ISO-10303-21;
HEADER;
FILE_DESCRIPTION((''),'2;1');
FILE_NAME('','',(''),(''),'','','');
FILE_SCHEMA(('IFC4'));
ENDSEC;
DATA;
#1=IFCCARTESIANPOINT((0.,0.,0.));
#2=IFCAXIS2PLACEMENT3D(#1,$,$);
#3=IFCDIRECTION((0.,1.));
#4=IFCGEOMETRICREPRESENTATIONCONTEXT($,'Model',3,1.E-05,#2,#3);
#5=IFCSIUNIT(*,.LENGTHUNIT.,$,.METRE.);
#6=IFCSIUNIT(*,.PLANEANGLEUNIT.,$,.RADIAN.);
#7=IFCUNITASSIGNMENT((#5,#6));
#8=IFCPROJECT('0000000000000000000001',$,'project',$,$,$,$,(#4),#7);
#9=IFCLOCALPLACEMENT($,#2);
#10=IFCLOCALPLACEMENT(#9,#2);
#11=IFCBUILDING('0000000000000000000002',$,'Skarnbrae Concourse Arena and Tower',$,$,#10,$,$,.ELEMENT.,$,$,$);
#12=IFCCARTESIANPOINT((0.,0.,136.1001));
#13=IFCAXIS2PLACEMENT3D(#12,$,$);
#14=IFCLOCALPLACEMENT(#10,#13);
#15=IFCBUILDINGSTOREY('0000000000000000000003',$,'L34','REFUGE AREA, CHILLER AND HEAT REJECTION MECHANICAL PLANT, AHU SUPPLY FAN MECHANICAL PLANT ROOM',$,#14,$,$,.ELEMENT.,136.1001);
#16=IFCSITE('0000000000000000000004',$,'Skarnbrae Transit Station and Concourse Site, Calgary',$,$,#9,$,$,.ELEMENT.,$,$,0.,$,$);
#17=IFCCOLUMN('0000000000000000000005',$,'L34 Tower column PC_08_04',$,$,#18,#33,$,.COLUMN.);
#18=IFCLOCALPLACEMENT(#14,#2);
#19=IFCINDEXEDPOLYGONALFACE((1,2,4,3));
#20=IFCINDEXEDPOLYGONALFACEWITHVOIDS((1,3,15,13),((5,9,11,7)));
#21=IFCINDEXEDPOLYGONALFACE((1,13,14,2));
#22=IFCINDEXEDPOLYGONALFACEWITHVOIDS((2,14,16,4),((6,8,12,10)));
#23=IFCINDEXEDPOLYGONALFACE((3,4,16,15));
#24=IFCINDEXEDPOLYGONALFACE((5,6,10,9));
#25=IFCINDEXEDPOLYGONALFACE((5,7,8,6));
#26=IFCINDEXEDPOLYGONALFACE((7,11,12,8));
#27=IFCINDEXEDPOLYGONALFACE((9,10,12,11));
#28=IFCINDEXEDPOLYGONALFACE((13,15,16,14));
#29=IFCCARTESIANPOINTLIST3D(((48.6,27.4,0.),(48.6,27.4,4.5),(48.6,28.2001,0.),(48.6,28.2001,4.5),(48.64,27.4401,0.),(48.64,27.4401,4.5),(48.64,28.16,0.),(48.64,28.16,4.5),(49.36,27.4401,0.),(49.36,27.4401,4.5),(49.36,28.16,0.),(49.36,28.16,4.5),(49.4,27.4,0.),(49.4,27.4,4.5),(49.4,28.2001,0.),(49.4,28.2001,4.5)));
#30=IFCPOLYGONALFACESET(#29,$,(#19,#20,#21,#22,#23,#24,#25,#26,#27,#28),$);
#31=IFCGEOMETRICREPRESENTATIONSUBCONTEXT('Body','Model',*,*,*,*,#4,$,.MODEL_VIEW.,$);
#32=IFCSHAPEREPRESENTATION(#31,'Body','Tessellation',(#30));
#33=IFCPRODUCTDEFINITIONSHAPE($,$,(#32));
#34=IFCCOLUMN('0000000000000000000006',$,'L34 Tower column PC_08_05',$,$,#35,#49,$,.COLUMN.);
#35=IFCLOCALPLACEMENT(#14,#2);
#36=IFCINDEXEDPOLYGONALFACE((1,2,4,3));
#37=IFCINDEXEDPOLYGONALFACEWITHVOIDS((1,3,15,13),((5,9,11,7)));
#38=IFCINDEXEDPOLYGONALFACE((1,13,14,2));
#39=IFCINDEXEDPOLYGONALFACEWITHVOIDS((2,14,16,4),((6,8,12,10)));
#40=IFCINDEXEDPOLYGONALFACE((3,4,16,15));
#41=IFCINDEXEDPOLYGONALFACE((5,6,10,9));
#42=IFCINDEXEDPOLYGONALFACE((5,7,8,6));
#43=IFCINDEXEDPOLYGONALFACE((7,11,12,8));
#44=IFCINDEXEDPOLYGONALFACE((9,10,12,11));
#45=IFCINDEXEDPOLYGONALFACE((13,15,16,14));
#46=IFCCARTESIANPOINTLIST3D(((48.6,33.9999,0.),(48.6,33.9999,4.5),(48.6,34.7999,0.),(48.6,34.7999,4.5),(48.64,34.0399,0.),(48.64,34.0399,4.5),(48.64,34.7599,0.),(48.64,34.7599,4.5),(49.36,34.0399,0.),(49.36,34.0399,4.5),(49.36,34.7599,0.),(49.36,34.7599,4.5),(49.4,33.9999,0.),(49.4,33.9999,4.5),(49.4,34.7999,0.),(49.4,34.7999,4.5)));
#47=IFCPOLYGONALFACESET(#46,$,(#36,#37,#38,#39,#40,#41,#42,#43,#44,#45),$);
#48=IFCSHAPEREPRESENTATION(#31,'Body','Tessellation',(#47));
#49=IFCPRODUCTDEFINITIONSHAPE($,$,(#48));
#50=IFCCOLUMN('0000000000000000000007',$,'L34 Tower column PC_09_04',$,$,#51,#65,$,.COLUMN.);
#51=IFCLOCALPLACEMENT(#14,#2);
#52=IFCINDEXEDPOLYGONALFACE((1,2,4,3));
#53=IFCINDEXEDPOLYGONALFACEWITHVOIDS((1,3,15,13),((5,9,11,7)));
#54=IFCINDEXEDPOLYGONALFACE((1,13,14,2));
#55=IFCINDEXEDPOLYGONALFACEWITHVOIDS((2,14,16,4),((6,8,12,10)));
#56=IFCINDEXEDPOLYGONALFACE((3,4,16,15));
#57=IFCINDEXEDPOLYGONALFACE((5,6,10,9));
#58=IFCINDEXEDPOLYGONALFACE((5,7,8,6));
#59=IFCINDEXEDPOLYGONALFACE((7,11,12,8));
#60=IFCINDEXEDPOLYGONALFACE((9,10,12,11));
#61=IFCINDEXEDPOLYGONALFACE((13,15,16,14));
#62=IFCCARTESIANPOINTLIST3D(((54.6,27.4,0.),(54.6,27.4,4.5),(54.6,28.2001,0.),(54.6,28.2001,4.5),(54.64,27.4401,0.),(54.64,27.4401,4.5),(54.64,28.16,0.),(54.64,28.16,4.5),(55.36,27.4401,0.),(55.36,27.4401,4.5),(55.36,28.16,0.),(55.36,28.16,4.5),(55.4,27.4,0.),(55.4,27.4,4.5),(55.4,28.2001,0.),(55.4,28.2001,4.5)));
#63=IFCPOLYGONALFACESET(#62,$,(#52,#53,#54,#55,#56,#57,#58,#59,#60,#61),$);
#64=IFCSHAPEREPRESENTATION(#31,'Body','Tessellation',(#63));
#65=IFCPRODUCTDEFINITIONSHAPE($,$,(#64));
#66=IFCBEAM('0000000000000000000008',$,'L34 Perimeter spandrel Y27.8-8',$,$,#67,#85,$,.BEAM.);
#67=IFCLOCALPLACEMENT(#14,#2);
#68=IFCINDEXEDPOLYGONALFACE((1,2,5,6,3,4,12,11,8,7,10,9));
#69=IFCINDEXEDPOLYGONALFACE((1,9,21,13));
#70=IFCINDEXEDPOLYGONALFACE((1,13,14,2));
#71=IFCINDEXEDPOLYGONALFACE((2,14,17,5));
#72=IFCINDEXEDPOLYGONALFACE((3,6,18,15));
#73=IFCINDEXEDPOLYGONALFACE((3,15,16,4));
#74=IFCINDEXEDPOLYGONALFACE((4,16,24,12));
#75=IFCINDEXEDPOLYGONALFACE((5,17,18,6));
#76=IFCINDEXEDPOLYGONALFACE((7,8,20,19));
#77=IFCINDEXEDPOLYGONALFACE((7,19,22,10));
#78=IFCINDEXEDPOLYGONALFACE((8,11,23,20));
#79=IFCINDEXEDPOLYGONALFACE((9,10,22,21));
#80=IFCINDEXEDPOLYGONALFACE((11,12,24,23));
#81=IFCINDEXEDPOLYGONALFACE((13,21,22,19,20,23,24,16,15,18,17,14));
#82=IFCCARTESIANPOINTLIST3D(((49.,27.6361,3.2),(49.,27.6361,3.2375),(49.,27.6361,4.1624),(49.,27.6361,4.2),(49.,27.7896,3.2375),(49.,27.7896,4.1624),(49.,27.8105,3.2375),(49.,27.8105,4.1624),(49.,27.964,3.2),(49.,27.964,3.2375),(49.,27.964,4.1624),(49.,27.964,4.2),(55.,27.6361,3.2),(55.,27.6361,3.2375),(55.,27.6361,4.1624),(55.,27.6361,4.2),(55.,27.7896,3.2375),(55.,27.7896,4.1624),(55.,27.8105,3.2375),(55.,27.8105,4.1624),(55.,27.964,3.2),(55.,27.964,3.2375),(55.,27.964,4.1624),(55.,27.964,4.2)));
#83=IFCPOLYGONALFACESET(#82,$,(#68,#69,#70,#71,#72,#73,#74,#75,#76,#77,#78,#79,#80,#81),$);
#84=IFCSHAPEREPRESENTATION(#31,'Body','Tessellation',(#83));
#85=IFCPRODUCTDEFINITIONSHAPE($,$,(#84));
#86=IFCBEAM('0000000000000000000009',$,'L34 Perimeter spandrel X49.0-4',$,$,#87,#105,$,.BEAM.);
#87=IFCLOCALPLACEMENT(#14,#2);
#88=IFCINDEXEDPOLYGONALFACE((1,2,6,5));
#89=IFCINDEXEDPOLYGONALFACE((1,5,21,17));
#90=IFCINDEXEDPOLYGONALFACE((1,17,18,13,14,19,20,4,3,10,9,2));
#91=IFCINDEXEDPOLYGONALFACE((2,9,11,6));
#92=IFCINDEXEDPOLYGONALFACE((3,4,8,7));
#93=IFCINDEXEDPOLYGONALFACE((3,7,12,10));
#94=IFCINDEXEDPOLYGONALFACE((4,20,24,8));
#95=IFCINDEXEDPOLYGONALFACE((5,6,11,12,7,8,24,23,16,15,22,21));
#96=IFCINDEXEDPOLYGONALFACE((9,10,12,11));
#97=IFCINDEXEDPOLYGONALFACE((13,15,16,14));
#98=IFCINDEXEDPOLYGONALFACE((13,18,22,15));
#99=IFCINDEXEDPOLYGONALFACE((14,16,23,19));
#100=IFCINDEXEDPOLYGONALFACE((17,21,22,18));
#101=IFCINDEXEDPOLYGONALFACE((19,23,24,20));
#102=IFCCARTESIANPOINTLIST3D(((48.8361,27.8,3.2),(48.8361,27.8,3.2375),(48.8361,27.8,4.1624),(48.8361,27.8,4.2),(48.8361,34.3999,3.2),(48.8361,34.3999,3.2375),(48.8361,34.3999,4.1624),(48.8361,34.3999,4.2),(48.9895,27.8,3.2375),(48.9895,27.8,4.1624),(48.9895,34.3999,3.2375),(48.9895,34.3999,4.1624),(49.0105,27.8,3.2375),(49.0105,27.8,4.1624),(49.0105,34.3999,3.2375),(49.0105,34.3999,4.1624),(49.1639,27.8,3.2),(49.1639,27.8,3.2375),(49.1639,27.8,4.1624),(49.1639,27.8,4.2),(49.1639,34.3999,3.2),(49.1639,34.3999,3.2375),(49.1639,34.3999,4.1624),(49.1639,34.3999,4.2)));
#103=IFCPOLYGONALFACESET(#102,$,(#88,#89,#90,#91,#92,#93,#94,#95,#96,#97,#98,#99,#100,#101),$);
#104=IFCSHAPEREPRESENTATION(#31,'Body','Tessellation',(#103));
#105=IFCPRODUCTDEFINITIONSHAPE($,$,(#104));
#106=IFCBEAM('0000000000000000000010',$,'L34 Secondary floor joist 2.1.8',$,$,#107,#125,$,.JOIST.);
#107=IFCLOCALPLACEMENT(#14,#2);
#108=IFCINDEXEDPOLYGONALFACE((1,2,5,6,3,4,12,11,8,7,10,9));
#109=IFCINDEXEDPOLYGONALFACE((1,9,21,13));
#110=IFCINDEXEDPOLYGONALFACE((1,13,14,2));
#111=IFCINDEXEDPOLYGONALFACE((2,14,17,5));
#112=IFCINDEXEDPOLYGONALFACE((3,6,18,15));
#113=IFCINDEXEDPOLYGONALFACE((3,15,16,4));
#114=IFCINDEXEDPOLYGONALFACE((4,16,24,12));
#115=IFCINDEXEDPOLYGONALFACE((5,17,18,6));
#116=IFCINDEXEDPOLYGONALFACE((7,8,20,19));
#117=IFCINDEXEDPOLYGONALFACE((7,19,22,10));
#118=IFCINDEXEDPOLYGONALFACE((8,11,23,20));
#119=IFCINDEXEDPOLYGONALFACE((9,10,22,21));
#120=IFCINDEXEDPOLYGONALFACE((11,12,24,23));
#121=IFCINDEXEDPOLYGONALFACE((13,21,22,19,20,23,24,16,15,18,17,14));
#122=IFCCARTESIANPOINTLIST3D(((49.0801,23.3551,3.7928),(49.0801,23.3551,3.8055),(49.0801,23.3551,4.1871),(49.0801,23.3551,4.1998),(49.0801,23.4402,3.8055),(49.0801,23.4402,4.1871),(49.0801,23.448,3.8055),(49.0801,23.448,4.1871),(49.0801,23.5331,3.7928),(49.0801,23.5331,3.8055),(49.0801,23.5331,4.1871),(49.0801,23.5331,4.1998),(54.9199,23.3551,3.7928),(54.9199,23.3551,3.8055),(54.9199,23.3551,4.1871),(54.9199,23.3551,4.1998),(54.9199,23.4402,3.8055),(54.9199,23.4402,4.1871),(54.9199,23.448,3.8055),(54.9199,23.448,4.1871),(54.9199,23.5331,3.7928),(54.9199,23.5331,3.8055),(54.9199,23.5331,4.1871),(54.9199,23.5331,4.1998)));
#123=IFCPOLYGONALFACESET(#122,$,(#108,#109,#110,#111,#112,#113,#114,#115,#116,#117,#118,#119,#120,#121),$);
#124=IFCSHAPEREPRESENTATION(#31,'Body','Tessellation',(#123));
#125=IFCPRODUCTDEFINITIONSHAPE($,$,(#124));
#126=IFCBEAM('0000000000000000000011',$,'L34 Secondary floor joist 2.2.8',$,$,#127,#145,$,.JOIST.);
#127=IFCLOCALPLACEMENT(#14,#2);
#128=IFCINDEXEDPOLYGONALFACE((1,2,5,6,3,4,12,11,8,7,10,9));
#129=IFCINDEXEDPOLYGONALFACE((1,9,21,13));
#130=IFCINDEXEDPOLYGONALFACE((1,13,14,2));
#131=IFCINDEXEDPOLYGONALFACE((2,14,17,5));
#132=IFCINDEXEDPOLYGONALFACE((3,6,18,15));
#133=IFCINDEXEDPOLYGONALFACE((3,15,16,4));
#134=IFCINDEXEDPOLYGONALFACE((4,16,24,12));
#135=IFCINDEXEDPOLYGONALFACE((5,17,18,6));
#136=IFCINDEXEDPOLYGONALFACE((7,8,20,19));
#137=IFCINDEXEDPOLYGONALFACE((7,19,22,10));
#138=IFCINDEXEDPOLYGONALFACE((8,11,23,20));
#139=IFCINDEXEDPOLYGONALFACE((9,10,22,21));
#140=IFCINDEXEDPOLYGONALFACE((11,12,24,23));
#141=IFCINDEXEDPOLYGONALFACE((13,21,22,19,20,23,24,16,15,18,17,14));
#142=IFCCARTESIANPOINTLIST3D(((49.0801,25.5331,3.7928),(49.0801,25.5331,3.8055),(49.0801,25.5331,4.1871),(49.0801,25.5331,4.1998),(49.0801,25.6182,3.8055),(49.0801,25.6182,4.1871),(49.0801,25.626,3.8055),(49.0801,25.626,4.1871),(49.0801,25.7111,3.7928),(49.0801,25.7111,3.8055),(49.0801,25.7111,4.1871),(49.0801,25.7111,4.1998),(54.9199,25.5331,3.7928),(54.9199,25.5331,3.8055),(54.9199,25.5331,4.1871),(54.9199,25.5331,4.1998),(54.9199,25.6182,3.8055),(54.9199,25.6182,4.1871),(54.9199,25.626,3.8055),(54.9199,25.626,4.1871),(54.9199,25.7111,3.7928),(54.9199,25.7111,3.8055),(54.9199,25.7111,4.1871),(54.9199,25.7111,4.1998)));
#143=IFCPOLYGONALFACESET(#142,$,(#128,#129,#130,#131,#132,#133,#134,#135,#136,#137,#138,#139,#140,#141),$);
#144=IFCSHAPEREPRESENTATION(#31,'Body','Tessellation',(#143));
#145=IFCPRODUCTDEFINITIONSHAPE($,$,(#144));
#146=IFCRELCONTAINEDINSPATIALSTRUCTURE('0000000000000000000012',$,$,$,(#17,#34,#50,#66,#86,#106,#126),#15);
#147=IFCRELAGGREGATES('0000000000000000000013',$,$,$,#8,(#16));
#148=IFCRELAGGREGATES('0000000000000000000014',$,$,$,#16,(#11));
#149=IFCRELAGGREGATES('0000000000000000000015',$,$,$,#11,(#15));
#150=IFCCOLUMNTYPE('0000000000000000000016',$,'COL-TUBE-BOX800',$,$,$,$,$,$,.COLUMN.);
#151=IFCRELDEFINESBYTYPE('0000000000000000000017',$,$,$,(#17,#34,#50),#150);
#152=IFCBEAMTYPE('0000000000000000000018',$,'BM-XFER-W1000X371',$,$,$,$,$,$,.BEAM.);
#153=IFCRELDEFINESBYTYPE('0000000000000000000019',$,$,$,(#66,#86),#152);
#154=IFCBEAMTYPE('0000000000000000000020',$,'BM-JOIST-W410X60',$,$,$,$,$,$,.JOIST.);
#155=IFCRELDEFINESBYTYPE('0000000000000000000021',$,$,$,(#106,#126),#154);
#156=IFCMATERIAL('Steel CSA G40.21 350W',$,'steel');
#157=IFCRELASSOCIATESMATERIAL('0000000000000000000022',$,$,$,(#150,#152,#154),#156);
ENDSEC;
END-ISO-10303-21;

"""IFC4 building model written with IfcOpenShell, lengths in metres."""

from ifc_helpers import new_model, si_unit, direction, frame, origin, origin_2d, place, context, subcontext, project, spatial, hollow_rectangle, i_section, extrude, source, transform, mapped, material, material_profile, profile_set, type_object, element, save


model = new_model("IFC4")

# Units and contexts
model_context = context("Model", 3, precision=1e-05, world=origin(), true_north=direction((0.0, 1.0)))
body_context = subcontext(model_context, "Body", "Model", "MODEL_VIEW")
ifc_project = project(units=[si_unit("LENGTHUNIT", "METRE"), si_unit("PLANEANGLEUNIT", "RADIAN")], contexts=[model_context])

# Site, building, storey
site_placement = place(None, origin())
site = spatial("IfcSite", under=ifc_project, at=site_placement, Name="Skarnbrae Transit Station and Concourse Site, Calgary", CompositionType="ELEMENT", RefElevation=0.0)
building_placement = place(site_placement, origin())
building = spatial("IfcBuilding", under=site, at=building_placement, Name="Skarnbrae Concourse Arena and Tower", CompositionType="ELEMENT")
storey_placement = place(building_placement, frame((0.0, 0.0, 136.1001)))
storey = spatial("IfcBuildingStorey", under=building, at=storey_placement, Name="L34", Description="REFUGE AREA, CHILLER AND HEAT REJECTION MECHANICAL PLANT, AHU SUPPLY FAN MECHANICAL PLANT ROOM", CompositionType="ELEMENT", Elevation=136.1001)

# Columns
ifc_material_1 = material(Name="Steel CSA G40.21 350W", Category="steel")
ifc_material_profile_1 = material_profile(ifc_material_1, hollow_rectangle(XDim=0.8, YDim=0.8, WallThickness=0.04, at=origin_2d()), Name="BOX800X800X40")
ifc_profile_set_1 = profile_set([ifc_material_profile_1], Name="Steel CSA G40.21 350W")
column_type = type_object("IfcColumnType", Name="COL-TUBE-BOX800", PredefinedType="COLUMN", material=ifc_profile_set_1)
shared_shape_1 = source(origin(), body_context, "Body", "SweptSolid", [
    extrude(hollow_rectangle(XDim=0.8, YDim=0.8, WallThickness=0.04, at=origin_2d()), origin(), (0.0, 0.0, 1.0), 4.5),
])
for number, where, z_axis, x_axis, name in (
    (1, (49.0, 27.8, 0.0), (0.0, 0.0, 1.0), (1.0, 0.0, 0.0), "L34 Tower column PC_08_04"),
    (2, (49.0, 34.3999, 0.0), (0.0, 0.0, 1.0), (1.0, 0.0, 0.0), "L34 Tower column PC_08_05"),
    (3, (55.0, 27.8, 0.0), (0.0, 0.0, 1.0), (1.0, 0.0, 0.0), "L34 Tower column PC_09_04"),
):
    element("IfcColumn", number, at=place(storey_placement, frame(where, z_axis=z_axis, x_axis=x_axis)), inside=storey, type_object=column_type, Name=name, PredefinedType="COLUMN", context=body_context, shape_type="MappedRepresentation", body=[
        mapped(shared_shape_1, transform((0.0, 0.0, 0.0))),
    ])

# Beams
ifc_material_profile_2 = material_profile(ifc_material_1, i_section(OverallWidth=0.3279, OverallDepth=1.0, WebThickness=0.021, FlangeThickness=0.0376, at=origin_2d()), Name="W1000X371")
ifc_profile_set_2 = profile_set([ifc_material_profile_2], Name="Steel CSA G40.21 350W")
beam_type_1 = type_object("IfcBeamType", Name="BM-XFER-W1000X371", PredefinedType="BEAM", material=ifc_profile_set_2)
shared_shape_2 = source(origin(), body_context, "Body", "SweptSolid", [
    extrude(i_section(OverallWidth=0.3279, OverallDepth=1.0, WebThickness=0.021, FlangeThickness=0.0376, at=origin_2d()), origin(), (0.0, 0.0, 1.0), 6.0),
])
beam_1_placement = place(storey_placement, frame((49.0, 27.8, 3.7), z_axis=(1.0, 0.0, 0.0), x_axis=(0.0, 1.0, 0.0)))
element("IfcBeam", 4, at=beam_1_placement, inside=storey, type_object=beam_type_1, Name="L34 Perimeter spandrel Y27.8-8", PredefinedType="BEAM", context=body_context, shape_type="MappedRepresentation", body=[
    mapped(shared_shape_2, transform((0.0, 0.0, 0.0))),
])
shared_shape_3 = source(origin(), body_context, "Body", "SweptSolid", [
    extrude(i_section(OverallWidth=0.3279, OverallDepth=1.0, WebThickness=0.021, FlangeThickness=0.0376, at=origin_2d()), origin(), (0.0, 0.0, 1.0), 6.5999),
])
beam_2_placement = place(storey_placement, frame((49.0, 27.8, 3.7), z_axis=(0.0, 1.0, 0.0), x_axis=(-1.0, 0.0, 0.0)))
element("IfcBeam", 5, at=beam_2_placement, inside=storey, type_object=beam_type_1, Name="L34 Perimeter spandrel X49.0-4", PredefinedType="BEAM", context=body_context, shape_type="MappedRepresentation", body=[
    mapped(shared_shape_3, transform((0.0, 0.0, 0.0))),
])
ifc_material_profile_3 = material_profile(ifc_material_1, i_section(OverallWidth=0.178, OverallDepth=0.407, WebThickness=0.0078, FlangeThickness=0.0127, at=origin_2d()), Name="W410X60")
ifc_profile_set_3 = profile_set([ifc_material_profile_3], Name="Steel CSA G40.21 350W")
beam_type_2 = type_object("IfcBeamType", Name="BM-JOIST-W410X60", PredefinedType="JOIST", material=ifc_profile_set_3)
shared_shape_4 = source(origin(), body_context, "Body", "SweptSolid", [
    extrude(i_section(OverallWidth=0.178, OverallDepth=0.407, WebThickness=0.0078, FlangeThickness=0.0127, at=origin_2d()), origin(), (0.0, 0.0, 1.0), 5.8398),
])
for number, where, z_axis, x_axis, name in (
    (6, (49.0801, 23.4441, 3.9963), (1.0, 0.0, 0.0), (0.0, 1.0, 0.0), "L34 Secondary floor joist 2.1.8"),
    (7, (49.0801, 25.6221, 3.9963), (1.0, 0.0, 0.0), (0.0, 1.0, 0.0), "L34 Secondary floor joist 2.2.8"),
):
    element("IfcBeam", number, at=place(storey_placement, frame(where, z_axis=z_axis, x_axis=x_axis)), inside=storey, type_object=beam_type_2, Name=name, PredefinedType="JOIST", context=body_context, shape_type="MappedRepresentation", body=[
        mapped(shared_shape_4, transform((0.0, 0.0, 0.0))),
    ])

save(model, "model.ifc")
